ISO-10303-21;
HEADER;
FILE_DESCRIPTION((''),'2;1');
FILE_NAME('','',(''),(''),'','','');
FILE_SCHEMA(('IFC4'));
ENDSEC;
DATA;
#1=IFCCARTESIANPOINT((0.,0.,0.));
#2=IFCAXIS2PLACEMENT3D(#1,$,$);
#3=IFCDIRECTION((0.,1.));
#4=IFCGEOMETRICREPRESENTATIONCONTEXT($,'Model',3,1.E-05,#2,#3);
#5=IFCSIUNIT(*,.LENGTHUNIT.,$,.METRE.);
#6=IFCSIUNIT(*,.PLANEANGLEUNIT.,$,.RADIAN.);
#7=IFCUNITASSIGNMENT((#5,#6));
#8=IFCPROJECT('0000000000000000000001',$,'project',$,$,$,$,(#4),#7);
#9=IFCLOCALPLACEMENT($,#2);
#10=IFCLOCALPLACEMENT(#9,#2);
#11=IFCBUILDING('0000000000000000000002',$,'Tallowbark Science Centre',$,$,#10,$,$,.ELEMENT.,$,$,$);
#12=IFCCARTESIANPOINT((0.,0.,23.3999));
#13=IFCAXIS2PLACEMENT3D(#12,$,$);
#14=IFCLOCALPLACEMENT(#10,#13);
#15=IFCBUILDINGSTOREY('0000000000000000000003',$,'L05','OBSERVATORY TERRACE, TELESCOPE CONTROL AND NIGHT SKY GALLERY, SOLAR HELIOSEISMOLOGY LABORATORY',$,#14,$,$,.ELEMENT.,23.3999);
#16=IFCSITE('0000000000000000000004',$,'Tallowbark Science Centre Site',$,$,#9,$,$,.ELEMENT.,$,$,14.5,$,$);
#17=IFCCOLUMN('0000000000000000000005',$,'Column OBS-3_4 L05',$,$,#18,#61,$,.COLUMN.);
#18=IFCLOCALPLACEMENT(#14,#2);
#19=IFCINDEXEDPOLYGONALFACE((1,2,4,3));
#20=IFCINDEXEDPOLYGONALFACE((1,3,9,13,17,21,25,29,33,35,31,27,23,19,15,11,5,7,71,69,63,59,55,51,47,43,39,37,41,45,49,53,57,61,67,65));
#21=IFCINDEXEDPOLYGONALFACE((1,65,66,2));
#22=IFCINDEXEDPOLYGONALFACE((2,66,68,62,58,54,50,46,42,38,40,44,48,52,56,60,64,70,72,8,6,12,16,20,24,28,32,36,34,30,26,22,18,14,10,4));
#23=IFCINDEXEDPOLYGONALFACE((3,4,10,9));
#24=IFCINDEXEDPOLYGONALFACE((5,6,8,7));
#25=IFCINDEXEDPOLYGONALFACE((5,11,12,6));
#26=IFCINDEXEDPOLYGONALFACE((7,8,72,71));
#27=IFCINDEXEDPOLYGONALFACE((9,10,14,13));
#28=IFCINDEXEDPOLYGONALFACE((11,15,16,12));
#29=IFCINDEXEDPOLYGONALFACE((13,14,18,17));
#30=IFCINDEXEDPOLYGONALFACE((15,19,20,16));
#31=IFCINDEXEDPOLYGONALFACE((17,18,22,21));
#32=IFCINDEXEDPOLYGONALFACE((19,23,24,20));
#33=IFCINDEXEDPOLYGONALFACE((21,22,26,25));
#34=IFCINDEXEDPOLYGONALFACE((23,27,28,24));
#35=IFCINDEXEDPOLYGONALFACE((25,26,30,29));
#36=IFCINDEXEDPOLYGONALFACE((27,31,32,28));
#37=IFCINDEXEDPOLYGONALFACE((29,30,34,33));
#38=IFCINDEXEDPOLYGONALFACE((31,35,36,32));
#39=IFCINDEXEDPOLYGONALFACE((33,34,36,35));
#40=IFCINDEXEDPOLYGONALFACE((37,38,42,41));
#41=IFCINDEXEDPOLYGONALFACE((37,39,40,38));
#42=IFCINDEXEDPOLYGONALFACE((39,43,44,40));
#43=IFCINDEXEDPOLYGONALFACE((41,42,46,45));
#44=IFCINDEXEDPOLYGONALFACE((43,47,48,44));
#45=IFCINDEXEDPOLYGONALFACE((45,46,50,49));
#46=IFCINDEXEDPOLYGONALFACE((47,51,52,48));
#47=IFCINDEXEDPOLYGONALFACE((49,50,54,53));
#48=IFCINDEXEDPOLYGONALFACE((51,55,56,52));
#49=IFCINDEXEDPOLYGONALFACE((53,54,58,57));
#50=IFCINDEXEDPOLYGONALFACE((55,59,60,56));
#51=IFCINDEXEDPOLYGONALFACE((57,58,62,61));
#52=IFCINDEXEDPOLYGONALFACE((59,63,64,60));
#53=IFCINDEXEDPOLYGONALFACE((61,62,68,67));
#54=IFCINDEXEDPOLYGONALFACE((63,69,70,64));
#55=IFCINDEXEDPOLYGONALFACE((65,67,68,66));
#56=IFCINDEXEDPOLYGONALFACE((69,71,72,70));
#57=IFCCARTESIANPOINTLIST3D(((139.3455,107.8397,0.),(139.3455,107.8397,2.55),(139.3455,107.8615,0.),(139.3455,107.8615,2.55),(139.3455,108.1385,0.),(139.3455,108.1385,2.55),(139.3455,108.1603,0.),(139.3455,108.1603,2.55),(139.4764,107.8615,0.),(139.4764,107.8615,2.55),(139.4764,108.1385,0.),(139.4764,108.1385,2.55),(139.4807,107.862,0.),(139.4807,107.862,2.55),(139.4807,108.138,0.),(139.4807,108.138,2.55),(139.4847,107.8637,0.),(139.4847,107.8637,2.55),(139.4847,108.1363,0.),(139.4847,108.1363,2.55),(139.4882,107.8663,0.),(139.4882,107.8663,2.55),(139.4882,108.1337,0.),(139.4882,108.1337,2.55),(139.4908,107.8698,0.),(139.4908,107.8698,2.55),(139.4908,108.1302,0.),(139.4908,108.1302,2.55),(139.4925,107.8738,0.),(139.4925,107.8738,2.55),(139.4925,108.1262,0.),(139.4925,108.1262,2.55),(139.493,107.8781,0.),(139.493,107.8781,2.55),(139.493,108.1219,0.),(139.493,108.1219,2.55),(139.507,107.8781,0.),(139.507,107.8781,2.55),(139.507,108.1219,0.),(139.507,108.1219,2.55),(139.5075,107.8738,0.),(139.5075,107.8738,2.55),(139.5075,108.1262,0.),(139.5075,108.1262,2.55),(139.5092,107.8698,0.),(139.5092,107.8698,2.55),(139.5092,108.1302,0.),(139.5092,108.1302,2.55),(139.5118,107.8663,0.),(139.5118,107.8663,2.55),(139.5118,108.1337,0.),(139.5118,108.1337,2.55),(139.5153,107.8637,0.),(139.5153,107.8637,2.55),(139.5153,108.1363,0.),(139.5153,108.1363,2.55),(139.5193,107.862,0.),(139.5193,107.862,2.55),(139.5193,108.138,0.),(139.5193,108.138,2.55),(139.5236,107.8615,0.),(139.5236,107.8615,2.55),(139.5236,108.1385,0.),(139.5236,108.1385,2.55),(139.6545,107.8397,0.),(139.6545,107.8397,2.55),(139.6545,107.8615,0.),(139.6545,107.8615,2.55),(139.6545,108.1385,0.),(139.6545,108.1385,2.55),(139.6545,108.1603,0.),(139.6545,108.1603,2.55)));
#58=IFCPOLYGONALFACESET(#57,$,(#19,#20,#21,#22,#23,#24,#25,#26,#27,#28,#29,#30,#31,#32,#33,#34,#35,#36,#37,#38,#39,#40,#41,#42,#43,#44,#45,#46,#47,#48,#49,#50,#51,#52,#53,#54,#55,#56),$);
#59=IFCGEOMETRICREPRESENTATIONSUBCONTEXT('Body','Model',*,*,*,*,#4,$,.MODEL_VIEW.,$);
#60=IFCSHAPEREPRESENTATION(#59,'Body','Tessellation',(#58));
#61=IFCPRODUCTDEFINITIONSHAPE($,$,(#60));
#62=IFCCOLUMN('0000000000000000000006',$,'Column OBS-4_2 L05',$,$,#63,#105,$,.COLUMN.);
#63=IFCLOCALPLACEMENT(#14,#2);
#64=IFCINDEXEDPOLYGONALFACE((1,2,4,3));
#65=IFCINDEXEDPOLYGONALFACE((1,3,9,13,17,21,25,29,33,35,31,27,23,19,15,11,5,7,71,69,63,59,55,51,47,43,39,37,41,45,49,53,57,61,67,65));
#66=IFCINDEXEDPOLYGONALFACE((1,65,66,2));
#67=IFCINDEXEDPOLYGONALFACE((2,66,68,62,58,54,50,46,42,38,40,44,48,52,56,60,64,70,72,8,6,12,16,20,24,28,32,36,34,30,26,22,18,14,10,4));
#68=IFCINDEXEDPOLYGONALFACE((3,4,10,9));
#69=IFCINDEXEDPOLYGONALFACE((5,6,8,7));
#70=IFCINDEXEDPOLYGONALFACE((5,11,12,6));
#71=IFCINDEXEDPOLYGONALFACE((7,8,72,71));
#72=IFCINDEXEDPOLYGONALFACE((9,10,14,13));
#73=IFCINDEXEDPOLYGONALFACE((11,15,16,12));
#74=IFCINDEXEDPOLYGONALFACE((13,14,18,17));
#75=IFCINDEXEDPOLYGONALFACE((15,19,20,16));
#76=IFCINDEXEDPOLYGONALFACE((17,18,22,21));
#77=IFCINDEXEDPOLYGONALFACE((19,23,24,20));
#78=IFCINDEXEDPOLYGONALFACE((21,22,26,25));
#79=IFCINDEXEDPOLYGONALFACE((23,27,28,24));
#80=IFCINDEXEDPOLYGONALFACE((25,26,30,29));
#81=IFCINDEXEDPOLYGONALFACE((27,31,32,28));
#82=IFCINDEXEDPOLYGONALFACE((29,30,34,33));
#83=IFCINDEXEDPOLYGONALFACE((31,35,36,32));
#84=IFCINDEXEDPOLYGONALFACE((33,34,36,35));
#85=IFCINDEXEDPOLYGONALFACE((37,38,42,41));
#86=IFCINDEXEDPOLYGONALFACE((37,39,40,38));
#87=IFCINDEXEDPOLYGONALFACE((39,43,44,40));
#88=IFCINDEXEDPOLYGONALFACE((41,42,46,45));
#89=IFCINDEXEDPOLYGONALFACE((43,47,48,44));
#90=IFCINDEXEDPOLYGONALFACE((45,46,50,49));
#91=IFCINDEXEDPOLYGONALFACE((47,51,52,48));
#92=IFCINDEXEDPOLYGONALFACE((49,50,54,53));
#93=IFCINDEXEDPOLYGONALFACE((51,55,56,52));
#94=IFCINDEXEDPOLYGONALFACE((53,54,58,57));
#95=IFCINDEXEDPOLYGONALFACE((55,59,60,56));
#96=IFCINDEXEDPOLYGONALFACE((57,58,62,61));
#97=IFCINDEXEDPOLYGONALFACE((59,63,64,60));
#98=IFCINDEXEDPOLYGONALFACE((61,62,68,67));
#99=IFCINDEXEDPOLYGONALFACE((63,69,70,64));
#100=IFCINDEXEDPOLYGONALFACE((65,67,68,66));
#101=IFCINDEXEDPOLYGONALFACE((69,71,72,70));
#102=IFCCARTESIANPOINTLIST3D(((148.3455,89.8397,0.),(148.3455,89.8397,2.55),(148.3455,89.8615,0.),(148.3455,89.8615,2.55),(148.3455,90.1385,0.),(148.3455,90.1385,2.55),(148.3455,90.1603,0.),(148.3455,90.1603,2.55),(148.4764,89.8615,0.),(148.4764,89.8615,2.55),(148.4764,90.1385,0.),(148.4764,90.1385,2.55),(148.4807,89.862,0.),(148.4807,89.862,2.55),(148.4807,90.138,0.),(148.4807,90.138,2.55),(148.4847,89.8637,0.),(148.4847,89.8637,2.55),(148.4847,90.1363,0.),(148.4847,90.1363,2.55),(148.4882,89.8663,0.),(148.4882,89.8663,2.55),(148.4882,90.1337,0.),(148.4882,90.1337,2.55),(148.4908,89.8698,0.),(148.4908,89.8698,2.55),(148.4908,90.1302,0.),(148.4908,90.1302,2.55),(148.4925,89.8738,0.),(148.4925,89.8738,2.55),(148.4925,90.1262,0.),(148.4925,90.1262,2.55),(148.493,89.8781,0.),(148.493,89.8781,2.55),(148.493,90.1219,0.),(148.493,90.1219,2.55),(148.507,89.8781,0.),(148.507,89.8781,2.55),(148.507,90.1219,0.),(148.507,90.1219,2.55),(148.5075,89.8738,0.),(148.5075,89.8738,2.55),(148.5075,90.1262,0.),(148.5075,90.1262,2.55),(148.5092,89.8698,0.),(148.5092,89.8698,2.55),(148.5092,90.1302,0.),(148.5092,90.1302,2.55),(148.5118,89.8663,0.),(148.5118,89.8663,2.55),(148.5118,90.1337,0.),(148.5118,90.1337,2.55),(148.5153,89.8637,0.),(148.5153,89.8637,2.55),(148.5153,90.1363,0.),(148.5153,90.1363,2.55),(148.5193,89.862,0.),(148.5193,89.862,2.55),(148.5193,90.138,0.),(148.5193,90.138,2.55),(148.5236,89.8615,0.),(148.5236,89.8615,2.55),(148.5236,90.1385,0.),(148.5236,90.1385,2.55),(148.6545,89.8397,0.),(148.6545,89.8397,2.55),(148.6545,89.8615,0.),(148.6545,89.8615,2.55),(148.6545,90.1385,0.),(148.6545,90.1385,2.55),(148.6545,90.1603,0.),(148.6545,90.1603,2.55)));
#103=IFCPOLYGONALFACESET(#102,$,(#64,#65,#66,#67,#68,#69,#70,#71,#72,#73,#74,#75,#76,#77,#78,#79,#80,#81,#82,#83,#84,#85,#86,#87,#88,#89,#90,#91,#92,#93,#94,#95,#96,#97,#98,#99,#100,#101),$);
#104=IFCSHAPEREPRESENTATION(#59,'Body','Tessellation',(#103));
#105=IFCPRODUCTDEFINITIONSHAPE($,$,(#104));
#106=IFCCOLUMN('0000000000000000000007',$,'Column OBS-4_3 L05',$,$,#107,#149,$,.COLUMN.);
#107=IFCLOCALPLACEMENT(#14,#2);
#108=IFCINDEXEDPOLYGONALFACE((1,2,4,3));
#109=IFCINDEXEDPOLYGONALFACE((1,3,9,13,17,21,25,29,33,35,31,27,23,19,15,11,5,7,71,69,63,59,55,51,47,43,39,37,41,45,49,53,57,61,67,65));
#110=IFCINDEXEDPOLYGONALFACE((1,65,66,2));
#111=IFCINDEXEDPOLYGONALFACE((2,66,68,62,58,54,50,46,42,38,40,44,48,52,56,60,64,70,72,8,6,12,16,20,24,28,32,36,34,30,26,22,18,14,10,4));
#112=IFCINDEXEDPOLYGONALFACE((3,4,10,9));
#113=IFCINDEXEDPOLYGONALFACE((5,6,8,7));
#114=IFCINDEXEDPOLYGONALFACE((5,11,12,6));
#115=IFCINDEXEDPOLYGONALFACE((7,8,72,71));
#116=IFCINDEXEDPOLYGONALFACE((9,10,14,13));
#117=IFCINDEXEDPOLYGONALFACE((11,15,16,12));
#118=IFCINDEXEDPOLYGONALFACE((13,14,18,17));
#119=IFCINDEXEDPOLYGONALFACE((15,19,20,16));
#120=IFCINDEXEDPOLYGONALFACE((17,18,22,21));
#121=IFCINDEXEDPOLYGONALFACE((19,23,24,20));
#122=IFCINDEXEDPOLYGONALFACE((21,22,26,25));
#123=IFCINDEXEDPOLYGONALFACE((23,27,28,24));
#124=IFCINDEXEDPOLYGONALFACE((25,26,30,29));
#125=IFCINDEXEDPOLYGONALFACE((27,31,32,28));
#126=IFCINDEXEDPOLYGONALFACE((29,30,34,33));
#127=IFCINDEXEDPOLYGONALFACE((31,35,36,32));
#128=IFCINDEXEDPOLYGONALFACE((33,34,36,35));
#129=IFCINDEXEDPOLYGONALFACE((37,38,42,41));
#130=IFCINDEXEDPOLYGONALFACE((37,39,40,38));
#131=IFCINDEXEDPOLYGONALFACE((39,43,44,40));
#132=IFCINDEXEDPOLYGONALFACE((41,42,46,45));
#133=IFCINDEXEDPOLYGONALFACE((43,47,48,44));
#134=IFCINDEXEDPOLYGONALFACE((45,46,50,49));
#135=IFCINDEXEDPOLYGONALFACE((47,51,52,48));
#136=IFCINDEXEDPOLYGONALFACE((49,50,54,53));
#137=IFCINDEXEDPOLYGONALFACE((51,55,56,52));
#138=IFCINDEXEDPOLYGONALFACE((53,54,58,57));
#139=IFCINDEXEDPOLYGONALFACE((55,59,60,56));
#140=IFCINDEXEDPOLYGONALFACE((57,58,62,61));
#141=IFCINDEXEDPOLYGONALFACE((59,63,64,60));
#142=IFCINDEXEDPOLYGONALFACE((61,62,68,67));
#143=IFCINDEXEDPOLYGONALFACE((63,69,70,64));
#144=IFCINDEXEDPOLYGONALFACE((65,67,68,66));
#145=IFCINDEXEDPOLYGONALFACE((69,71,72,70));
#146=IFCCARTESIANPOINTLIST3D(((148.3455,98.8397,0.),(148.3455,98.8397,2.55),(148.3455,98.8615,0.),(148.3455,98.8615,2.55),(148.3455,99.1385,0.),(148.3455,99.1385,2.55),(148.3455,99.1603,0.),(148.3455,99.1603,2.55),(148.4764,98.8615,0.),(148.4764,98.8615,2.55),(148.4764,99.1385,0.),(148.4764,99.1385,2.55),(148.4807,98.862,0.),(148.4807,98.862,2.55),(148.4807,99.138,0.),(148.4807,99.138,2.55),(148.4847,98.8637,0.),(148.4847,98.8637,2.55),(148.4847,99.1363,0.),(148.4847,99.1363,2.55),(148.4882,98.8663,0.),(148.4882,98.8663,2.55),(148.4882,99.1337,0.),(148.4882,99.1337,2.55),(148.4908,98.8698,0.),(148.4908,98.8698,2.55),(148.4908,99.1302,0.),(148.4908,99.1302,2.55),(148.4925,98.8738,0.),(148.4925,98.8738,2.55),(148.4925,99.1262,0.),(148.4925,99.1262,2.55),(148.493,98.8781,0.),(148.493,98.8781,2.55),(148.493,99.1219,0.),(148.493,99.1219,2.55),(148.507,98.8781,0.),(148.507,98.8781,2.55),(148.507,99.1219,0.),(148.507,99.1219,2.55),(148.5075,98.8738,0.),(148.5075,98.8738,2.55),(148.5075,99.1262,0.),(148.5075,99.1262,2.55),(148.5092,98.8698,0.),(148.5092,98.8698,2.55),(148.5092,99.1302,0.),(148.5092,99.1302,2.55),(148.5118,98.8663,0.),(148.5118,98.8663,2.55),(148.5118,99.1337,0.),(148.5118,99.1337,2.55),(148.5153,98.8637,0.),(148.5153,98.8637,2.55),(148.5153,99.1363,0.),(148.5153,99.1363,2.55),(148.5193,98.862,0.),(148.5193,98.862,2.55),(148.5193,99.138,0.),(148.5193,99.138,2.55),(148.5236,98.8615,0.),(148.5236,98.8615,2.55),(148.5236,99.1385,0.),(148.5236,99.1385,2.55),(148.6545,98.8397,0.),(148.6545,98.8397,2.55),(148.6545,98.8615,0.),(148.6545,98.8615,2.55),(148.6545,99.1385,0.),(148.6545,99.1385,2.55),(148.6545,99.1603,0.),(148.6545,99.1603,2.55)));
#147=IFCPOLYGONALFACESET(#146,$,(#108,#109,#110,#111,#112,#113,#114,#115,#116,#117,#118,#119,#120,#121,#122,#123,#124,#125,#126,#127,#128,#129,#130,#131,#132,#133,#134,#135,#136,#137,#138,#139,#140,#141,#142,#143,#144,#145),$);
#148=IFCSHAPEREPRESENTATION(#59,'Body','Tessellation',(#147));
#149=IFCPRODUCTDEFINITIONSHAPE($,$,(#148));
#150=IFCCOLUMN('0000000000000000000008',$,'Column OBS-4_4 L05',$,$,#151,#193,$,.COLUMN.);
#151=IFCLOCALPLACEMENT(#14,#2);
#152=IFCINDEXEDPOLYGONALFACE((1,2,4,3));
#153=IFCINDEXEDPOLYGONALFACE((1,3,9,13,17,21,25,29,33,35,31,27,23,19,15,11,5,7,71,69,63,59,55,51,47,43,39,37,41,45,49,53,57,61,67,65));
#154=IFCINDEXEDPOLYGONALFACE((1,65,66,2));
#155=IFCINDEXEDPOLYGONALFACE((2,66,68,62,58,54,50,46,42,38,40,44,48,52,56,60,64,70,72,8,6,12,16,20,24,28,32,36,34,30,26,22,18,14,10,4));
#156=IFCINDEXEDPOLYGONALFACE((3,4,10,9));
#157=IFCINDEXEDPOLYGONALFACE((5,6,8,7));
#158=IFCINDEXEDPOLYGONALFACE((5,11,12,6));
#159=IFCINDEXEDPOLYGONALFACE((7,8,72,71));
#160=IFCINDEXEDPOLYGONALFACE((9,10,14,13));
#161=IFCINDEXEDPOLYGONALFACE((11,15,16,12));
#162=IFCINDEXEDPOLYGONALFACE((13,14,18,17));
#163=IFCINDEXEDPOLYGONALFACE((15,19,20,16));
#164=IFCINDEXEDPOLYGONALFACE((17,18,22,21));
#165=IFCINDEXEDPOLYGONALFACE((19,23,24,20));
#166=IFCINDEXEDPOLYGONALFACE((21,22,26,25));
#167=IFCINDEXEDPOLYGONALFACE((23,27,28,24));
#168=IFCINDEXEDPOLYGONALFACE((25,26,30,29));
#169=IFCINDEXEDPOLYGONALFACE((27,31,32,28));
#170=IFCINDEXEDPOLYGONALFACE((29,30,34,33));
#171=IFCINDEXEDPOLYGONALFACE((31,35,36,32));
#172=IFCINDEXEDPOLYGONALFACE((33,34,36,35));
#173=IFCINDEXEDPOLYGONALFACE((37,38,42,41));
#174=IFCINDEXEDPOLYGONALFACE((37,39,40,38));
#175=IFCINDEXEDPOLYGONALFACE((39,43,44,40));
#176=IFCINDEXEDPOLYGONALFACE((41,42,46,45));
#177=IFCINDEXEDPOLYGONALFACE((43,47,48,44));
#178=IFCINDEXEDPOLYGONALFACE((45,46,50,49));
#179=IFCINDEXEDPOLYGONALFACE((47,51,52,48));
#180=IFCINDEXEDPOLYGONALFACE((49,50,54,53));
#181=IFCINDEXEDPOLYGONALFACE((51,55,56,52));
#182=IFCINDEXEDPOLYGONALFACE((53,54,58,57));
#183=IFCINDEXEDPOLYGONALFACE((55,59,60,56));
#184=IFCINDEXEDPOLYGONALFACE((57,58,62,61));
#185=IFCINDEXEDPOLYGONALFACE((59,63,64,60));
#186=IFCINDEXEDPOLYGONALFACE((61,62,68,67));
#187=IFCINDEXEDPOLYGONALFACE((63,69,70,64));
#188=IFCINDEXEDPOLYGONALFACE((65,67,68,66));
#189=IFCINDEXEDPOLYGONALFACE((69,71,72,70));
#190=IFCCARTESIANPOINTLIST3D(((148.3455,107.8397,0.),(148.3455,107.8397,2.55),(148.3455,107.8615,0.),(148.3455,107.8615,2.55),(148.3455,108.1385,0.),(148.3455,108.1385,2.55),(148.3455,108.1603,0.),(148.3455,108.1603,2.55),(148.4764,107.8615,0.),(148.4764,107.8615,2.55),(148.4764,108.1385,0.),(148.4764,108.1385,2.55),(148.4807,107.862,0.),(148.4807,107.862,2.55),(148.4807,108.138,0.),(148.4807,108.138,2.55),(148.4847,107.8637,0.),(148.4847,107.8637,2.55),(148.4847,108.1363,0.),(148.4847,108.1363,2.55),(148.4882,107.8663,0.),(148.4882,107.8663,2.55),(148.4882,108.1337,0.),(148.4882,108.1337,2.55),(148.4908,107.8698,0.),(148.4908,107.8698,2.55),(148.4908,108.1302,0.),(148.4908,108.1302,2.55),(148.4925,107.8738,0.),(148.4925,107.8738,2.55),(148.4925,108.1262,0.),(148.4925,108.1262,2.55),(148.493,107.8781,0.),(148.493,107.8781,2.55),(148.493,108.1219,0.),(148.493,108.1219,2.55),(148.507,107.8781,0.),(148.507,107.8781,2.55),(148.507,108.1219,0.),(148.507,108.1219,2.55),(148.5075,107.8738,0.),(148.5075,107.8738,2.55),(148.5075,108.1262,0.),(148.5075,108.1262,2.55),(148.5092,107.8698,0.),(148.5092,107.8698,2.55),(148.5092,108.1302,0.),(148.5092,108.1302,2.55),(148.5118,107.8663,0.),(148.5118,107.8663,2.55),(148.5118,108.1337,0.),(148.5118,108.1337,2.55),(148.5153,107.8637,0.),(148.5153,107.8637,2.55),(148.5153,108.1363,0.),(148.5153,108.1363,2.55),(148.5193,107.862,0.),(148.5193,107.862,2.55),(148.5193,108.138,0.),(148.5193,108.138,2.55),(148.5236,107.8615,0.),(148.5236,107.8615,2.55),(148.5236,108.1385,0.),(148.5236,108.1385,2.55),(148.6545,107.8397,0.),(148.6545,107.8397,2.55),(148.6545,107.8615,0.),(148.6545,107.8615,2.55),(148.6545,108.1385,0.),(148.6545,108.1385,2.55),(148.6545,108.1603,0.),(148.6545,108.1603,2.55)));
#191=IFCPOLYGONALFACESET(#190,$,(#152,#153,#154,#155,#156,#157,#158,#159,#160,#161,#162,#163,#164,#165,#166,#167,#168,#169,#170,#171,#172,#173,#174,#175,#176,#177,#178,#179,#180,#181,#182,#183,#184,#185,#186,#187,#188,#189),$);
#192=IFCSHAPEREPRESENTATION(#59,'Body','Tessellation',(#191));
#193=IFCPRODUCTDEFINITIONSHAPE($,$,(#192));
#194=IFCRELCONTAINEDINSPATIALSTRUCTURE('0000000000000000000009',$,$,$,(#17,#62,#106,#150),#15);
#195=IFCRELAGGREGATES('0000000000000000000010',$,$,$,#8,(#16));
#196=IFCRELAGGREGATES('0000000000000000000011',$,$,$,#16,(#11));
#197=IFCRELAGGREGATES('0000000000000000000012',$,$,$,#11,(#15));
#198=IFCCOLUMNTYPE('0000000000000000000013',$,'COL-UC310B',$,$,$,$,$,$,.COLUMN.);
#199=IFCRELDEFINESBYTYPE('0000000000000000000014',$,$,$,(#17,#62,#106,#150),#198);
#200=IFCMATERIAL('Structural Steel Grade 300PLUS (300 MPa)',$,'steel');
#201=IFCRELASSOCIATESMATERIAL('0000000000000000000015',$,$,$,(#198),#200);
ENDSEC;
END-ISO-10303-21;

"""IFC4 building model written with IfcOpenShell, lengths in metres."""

from ifc_helpers import new_model, si_unit, direction, frame, origin, origin_2d, place, context, subcontext, project, spatial, i_section, extrude, material, material_profile, profile_set, type_object, element, save


model = new_model("IFC4")

# Units and contexts
model_context = context("Model", 3, precision=1e-05, world=origin(), true_north=direction((0.0, 1.0)))
body_context = subcontext(model_context, "Body", "Model", "MODEL_VIEW")
ifc_project = project(units=[si_unit("LENGTHUNIT", "METRE"), si_unit("PLANEANGLEUNIT", "RADIAN")], contexts=[model_context])

# Site, building, storey
site_placement = place(None, origin())
site = spatial("IfcSite", under=ifc_project, at=site_placement, Name="Tallowbark Science Centre Site", CompositionType="ELEMENT", RefElevation=14.5)
building_placement = place(site_placement, origin())
building = spatial("IfcBuilding", under=site, at=building_placement, Name="Tallowbark Science Centre", CompositionType="ELEMENT")
storey_placement = place(building_placement, frame((0.0, 0.0, 23.3999)))
storey = spatial("IfcBuildingStorey", under=building, at=storey_placement, Name="L05", Description="OBSERVATORY TERRACE, TELESCOPE CONTROL AND NIGHT SKY GALLERY, SOLAR HELIOSEISMOLOGY LABORATORY", CompositionType="ELEMENT", Elevation=23.3999)

# Columns
ifc_material_1 = material(Name="Structural Steel Grade 300PLUS (300 MPa)", Category="steel")
ifc_material_profile_1 = material_profile(ifc_material_1, i_section(OverallWidth=0.3091, OverallDepth=0.3206, WebThickness=0.0139, FlangeThickness=0.0217, FilletRadius=0.0166, at=origin_2d()), Name="310UC137")
ifc_profile_set_1 = profile_set([ifc_material_profile_1], Name="Structural Steel Grade 300PLUS (300 MPa)")
column_type = type_object("IfcColumnType", Name="COL-UC310B", PredefinedType="COLUMN", material=ifc_profile_set_1)
for number, where, z_axis, x_axis, name in (
    (1, (139.5, 108.0, 0.0), (0.0, 0.0, 1.0), (1.0, 0.0, 0.0), "Column OBS-3_4 L05"),
    (2, (148.5, 90.0, 0.0), (0.0, 0.0, 1.0), (1.0, 0.0, 0.0), "Column OBS-4_2 L05"),
    (3, (148.5, 99.0, 0.0), (0.0, 0.0, 1.0), (1.0, 0.0, 0.0), "Column OBS-4_3 L05"),
    (4, (148.5, 108.0, 0.0), (0.0, 0.0, 1.0), (1.0, 0.0, 0.0), "Column OBS-4_4 L05"),
):
    element("IfcColumn", number, at=place(storey_placement, frame(where, z_axis=z_axis, x_axis=x_axis)), inside=storey, type_object=column_type, Name=name, PredefinedType="COLUMN", context=body_context, shape_type="SweptSolid", body=[
        extrude(i_section(OverallWidth=0.3091, OverallDepth=0.3206, WebThickness=0.0139, FlangeThickness=0.0217, FilletRadius=0.0166, at=origin_2d()), origin(), (0.0, 0.0, 1.0), 2.55),
    ])

save(model, "model.ifc")
